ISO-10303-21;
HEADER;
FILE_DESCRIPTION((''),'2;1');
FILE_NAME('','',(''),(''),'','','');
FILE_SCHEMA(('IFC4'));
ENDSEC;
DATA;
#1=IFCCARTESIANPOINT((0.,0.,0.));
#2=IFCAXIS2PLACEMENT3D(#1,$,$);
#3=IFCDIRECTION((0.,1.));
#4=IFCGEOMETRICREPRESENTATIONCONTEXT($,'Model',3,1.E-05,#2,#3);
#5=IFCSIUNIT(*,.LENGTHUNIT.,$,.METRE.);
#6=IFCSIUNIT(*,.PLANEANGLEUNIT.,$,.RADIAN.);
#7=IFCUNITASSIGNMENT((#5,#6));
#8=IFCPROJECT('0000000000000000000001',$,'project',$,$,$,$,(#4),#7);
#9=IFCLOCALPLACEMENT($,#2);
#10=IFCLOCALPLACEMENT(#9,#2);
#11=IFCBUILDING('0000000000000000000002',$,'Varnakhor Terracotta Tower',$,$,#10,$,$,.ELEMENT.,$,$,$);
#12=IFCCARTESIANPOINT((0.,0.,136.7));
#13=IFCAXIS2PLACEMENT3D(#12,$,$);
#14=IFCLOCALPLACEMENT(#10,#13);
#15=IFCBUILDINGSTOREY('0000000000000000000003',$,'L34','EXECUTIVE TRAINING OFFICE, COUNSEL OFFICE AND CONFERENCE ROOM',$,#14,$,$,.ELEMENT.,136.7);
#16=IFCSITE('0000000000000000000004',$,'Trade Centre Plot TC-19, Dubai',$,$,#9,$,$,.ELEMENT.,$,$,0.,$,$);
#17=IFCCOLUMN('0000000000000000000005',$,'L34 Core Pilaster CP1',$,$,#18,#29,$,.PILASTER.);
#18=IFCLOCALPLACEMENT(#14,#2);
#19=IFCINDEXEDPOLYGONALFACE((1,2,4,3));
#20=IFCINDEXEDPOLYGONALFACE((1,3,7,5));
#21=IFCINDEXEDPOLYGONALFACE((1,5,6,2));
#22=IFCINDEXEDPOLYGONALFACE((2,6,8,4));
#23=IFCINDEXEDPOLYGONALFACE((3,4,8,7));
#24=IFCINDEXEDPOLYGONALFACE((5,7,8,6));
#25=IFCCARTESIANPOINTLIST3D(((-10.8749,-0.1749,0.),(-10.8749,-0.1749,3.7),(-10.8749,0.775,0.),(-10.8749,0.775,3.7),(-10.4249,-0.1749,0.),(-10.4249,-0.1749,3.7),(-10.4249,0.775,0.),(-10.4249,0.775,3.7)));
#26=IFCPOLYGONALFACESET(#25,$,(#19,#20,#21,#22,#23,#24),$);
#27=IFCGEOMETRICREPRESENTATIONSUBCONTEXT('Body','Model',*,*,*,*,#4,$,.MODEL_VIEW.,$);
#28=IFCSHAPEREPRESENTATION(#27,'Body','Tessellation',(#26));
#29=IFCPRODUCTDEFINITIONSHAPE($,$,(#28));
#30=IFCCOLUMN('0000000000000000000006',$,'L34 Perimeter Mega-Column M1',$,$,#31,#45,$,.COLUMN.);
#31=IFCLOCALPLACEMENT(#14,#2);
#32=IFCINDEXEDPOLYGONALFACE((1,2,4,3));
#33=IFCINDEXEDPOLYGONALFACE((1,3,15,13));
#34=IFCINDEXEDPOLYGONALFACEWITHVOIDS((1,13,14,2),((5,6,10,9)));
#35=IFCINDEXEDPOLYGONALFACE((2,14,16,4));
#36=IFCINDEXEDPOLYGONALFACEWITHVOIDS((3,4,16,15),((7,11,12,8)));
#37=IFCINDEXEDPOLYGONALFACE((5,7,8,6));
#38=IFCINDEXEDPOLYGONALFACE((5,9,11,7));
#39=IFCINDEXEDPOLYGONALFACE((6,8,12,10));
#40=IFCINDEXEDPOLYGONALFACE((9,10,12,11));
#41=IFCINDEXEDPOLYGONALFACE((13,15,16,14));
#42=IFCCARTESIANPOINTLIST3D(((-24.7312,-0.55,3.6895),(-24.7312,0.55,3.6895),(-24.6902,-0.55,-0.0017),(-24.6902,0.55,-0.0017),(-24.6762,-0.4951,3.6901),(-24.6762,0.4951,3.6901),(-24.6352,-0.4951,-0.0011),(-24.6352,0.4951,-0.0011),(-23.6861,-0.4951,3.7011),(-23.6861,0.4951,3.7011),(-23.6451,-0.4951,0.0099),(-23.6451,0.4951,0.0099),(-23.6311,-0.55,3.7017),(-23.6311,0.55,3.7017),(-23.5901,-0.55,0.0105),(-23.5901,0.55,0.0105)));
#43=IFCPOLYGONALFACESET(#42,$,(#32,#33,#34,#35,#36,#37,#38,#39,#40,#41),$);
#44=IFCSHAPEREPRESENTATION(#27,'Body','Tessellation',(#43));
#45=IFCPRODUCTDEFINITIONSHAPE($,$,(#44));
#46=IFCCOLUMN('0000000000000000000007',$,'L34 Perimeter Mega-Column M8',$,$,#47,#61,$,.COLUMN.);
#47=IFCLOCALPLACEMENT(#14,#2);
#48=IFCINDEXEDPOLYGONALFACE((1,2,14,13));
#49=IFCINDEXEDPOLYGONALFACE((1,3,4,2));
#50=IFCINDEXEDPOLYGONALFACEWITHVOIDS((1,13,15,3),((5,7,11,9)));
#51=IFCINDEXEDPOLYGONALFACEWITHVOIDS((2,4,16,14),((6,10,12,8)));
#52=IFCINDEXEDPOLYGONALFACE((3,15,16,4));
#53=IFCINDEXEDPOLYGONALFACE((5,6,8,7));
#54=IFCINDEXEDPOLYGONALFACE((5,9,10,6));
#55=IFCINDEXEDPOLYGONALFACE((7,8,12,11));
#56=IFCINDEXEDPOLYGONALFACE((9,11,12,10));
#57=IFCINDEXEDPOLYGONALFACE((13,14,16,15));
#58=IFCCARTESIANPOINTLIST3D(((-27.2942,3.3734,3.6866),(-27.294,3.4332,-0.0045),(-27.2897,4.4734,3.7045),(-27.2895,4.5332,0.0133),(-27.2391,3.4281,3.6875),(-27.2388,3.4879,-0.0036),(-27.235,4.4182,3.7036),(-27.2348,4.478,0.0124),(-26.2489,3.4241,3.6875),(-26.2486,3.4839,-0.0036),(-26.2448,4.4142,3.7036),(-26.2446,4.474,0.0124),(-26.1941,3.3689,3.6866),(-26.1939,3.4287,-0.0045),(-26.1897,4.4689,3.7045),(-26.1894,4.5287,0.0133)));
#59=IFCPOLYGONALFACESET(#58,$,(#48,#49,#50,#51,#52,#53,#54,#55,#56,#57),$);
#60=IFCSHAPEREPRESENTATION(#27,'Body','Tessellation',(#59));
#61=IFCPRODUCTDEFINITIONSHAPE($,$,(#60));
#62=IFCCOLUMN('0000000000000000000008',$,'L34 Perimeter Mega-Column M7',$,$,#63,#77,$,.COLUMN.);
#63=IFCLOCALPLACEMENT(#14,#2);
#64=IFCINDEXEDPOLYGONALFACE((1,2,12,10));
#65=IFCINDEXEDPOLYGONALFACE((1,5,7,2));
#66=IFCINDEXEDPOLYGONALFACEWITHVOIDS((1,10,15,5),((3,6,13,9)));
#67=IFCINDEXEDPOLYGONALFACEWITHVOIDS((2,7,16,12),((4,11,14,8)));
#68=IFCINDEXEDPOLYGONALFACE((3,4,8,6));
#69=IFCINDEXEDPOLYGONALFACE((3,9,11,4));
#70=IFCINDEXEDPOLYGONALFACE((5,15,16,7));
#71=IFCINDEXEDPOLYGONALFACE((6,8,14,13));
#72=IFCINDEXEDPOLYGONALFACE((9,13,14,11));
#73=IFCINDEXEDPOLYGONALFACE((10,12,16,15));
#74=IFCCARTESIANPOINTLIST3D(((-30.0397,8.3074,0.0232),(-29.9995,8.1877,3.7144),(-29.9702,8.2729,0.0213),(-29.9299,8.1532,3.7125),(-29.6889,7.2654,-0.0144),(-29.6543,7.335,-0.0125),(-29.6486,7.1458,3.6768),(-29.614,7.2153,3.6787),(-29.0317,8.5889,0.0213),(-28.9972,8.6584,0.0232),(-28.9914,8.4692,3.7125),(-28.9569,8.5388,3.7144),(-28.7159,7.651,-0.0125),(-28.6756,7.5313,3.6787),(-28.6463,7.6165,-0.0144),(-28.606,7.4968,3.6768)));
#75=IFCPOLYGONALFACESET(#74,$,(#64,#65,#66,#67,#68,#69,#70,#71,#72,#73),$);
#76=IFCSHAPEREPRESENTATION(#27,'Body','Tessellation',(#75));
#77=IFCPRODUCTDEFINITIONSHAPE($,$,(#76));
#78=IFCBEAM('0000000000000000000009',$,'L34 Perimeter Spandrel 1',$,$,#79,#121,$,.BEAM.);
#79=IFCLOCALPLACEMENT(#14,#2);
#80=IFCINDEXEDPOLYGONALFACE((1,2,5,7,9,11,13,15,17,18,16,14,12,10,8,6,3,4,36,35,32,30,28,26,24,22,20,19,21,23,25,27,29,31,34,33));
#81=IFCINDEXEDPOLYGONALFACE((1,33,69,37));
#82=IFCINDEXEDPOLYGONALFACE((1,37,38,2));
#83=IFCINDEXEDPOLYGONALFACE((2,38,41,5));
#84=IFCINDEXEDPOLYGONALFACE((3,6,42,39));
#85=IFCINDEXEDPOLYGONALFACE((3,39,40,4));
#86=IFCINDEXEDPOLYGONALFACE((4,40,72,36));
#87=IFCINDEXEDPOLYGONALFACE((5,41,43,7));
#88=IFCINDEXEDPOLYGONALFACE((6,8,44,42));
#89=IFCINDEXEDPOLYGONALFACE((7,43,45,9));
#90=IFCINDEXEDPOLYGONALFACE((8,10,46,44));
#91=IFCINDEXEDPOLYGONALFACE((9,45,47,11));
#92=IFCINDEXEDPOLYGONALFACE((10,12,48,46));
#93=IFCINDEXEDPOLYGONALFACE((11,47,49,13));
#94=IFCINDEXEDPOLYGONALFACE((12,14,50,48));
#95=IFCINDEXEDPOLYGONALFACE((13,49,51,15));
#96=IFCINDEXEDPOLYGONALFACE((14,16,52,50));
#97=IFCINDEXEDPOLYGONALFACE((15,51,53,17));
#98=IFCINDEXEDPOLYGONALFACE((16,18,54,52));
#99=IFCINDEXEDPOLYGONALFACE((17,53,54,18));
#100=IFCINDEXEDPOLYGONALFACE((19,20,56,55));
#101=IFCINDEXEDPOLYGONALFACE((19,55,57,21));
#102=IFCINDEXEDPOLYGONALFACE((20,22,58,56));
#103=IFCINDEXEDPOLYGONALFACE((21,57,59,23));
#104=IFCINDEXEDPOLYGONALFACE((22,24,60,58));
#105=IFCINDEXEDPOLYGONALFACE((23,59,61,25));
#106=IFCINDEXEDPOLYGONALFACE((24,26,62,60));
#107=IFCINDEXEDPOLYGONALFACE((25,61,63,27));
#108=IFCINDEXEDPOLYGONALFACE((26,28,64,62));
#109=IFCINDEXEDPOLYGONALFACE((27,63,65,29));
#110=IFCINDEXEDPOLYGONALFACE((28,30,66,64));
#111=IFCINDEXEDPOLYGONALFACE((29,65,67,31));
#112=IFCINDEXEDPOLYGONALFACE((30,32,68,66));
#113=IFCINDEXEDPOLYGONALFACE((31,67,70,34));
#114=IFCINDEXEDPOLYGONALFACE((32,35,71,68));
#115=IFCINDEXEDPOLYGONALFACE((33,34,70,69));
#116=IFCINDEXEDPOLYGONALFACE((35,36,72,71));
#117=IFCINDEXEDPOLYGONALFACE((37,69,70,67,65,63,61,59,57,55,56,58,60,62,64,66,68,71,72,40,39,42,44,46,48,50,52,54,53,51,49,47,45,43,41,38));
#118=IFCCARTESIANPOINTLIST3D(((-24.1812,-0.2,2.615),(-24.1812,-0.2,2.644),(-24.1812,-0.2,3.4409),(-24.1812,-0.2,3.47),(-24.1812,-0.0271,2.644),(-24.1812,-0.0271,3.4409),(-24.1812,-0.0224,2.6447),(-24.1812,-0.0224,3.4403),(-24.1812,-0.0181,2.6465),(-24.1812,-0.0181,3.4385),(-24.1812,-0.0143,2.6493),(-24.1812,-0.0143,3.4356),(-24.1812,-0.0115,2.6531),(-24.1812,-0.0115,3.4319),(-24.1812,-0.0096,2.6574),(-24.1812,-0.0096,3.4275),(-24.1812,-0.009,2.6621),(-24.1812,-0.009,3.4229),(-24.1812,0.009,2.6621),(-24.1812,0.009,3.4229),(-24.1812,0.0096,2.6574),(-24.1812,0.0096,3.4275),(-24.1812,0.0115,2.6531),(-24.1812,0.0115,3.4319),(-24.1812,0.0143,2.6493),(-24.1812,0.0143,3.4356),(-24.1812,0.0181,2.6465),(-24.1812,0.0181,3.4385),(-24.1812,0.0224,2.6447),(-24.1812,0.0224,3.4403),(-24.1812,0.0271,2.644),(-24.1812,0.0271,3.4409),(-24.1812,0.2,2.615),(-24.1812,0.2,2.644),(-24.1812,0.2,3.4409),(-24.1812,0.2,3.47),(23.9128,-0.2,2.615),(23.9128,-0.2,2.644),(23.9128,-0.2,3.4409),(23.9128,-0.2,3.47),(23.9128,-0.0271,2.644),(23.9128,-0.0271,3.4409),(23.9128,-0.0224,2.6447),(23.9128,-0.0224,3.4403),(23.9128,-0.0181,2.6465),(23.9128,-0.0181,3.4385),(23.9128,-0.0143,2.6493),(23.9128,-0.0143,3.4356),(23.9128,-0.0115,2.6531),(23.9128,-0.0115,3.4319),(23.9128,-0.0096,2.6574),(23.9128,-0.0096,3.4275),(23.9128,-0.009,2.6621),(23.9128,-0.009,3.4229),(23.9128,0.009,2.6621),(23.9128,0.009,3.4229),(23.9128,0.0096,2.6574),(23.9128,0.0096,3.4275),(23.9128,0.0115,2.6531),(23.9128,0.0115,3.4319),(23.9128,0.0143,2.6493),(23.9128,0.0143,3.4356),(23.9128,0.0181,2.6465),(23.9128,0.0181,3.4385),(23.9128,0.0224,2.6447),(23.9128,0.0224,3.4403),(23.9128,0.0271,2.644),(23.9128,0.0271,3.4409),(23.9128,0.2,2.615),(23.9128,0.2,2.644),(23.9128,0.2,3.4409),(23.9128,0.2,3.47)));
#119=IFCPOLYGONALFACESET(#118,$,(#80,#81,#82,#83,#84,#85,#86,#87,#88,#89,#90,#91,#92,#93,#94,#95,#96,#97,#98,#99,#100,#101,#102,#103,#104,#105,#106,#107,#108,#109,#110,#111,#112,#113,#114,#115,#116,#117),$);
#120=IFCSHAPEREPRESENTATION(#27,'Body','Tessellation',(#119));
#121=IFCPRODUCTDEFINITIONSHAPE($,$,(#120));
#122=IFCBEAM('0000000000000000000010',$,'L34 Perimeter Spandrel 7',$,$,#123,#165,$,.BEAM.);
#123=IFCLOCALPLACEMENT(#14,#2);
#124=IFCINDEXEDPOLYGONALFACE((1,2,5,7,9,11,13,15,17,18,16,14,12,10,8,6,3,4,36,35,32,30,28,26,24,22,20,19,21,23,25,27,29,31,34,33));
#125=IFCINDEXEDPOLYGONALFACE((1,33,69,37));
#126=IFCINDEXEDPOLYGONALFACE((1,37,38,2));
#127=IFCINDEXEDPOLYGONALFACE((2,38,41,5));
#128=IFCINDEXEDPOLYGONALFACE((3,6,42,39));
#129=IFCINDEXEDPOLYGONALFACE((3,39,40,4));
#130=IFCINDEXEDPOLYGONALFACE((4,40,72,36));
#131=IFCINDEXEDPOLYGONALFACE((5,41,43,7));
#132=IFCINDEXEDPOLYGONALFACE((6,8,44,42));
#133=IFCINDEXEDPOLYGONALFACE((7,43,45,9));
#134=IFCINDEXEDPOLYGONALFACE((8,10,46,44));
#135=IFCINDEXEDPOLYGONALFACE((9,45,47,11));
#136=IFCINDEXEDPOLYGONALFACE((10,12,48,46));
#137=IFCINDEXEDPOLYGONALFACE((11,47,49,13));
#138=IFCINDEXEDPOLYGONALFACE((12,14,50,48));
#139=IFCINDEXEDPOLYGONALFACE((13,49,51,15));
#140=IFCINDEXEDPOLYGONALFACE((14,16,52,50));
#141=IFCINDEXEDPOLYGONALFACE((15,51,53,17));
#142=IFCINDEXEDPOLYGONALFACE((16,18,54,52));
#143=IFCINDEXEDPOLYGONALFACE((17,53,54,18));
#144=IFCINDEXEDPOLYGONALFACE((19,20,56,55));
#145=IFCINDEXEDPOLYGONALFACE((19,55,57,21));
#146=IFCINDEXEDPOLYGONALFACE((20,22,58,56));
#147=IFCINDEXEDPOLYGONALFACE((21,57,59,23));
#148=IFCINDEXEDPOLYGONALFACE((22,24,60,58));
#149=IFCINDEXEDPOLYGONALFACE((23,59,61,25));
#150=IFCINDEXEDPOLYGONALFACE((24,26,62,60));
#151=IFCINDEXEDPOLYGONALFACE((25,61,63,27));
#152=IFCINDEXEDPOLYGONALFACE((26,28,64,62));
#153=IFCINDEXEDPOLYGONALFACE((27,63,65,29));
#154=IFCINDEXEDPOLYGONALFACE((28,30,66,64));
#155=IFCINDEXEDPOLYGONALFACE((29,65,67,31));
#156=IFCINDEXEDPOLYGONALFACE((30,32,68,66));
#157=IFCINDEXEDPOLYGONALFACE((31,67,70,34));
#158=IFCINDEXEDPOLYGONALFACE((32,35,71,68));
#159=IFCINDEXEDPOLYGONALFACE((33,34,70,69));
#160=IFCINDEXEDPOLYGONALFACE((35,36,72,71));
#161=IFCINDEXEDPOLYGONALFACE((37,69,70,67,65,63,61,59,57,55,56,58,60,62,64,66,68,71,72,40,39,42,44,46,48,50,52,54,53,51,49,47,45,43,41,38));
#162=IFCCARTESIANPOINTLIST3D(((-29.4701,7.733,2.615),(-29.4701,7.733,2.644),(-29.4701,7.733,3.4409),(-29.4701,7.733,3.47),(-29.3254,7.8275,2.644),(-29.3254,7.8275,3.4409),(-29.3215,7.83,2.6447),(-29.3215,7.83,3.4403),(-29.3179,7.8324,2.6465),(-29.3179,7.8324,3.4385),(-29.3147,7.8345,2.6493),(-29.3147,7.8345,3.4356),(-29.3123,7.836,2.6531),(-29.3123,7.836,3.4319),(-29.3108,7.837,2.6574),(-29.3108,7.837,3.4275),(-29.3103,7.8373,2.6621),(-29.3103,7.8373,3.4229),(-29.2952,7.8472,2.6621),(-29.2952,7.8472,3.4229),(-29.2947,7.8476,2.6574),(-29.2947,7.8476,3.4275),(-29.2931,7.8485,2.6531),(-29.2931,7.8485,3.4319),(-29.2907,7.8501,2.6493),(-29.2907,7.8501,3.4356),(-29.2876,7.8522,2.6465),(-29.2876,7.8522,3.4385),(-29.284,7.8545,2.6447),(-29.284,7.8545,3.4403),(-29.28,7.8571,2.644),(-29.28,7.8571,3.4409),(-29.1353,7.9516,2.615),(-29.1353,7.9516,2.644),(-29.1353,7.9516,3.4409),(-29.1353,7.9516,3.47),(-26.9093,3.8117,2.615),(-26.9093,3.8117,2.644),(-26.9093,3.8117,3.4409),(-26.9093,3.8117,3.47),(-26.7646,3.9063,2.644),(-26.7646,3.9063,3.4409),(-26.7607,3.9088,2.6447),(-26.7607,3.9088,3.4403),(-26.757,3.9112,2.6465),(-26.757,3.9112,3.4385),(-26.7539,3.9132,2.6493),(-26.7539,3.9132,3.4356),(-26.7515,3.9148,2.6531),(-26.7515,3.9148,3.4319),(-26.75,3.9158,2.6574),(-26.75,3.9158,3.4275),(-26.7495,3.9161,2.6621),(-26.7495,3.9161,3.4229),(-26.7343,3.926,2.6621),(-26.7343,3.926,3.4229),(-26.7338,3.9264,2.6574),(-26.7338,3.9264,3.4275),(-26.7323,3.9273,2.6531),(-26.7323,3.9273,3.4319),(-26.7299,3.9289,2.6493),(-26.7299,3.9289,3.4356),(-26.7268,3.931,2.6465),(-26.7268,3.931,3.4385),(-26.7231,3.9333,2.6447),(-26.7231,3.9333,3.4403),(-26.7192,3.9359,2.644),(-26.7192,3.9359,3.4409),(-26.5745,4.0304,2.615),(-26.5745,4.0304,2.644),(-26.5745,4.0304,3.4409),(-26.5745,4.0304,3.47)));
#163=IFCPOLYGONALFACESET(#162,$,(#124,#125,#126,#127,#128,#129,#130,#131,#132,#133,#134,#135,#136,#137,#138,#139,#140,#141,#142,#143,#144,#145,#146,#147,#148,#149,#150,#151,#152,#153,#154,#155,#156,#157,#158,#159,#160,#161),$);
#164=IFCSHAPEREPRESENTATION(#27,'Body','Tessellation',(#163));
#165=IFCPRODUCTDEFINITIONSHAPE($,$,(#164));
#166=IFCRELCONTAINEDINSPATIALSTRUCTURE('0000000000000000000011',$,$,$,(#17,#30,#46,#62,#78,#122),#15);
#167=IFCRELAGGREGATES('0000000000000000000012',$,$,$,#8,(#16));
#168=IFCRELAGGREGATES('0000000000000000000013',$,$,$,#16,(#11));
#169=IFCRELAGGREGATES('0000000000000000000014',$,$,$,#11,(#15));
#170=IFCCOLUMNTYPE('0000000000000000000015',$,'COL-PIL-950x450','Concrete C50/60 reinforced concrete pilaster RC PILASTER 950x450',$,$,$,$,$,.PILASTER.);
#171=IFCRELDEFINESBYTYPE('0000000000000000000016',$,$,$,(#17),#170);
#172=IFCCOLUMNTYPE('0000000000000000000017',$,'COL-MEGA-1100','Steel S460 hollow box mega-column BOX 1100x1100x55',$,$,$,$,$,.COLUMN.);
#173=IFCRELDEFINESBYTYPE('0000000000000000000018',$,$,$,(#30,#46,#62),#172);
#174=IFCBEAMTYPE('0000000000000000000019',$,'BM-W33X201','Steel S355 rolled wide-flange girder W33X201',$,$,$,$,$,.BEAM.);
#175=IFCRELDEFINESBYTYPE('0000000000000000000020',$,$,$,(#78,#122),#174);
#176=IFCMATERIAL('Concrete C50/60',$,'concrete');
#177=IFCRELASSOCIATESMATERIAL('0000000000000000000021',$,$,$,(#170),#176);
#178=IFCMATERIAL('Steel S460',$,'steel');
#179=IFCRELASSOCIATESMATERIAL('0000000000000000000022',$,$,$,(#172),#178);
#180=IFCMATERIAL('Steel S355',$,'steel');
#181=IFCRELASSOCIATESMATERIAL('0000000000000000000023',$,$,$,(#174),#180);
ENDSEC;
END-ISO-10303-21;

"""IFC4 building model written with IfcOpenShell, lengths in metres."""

from ifc_helpers import new_model, si_unit, direction, frame, origin, origin_2d, place, context, subcontext, project, spatial, rectangle, hollow_rectangle, i_section, extrude, source, transform, mapped, material, material_profile, profile_set, type_object, element, save


model = new_model("IFC4")

# Units and contexts
model_context = context("Model", 3, precision=1e-05, world=origin(), true_north=direction((0.0, 1.0)))
body_context = subcontext(model_context, "Body", "Model", "MODEL_VIEW")
ifc_project = project(units=[si_unit("LENGTHUNIT", "METRE"), si_unit("PLANEANGLEUNIT", "RADIAN")], contexts=[model_context])

# Site, building, storey
site_placement = place(None, origin())
site = spatial("IfcSite", under=ifc_project, at=site_placement, Name="Trade Centre Plot TC-19, Dubai", CompositionType="ELEMENT", RefElevation=0.0)
building_placement = place(site_placement, origin())
building = spatial("IfcBuilding", under=site, at=building_placement, Name="Varnakhor Terracotta Tower", CompositionType="ELEMENT")
storey_placement = place(building_placement, frame((0.0, 0.0, 136.7)))
storey = spatial("IfcBuildingStorey", under=building, at=storey_placement, Name="L34", Description="EXECUTIVE TRAINING OFFICE, COUNSEL OFFICE AND CONFERENCE ROOM", CompositionType="ELEMENT", Elevation=136.7)

# Columns
ifc_material_1 = material(Name="Concrete C50/60", Category="concrete")
ifc_material_profile_1 = material_profile(ifc_material_1, rectangle(XDim=0.45, YDim=0.95, at=origin_2d()), Name="RC PILASTER 950x450")
ifc_profile_set_1 = profile_set([ifc_material_profile_1], Name="Concrete C50/60")
column_type_1 = type_object("IfcColumnType", Name="COL-PIL-950x450", Description="Concrete C50/60 reinforced concrete pilaster RC PILASTER 950x450", PredefinedType="PILASTER", material=ifc_profile_set_1)
shared_shape_1 = source(origin(), body_context, "Body", "SweptSolid", [
    extrude(rectangle(XDim=0.45, YDim=0.95, at=origin_2d()), origin(), (0.0, 0.0, 1.0), 3.7),
])
column_1_placement = place(storey_placement, frame((-10.6499, 0.3, 0.0), z_axis=(0.0, 0.0, 1.0), x_axis=(1.0, 0.0, 0.0)))
element("IfcColumn", 1, at=column_1_placement, inside=storey, type_object=column_type_1, Name="L34 Core Pilaster CP1", PredefinedType="PILASTER", context=body_context, shape_type="MappedRepresentation", body=[
    mapped(shared_shape_1, transform((0.0, 0.0, 0.0), scale=1.0)),
])
ifc_material_2 = material(Name="Steel S460", Category="steel")
ifc_material_profile_2 = material_profile(ifc_material_2, hollow_rectangle(XDim=1.1001, YDim=1.1001, WallThickness=0.0549, at=origin_2d()), Name="BOX 1100x1100x55")
ifc_profile_set_2 = profile_set([ifc_material_profile_2], Name="Steel S460")
column_type_2 = type_object("IfcColumnType", Name="COL-MEGA-1100", Description="Steel S460 hollow box mega-column BOX 1100x1100x55", PredefinedType="COLUMN", material=ifc_profile_set_2)
shared_shape_2 = source(origin(), body_context, "Body", "SweptSolid", [
    extrude(hollow_rectangle(XDim=1.1001, YDim=1.1001, WallThickness=0.0549, at=origin_2d()), origin(), (0.0, 0.0, 1.0), 3.6914),
])
column_2_placement = place(storey_placement, frame((-24.1401, 0.0, 0.0044), z_axis=(-0.011111, 0.0, 0.999938), x_axis=(0.0, -1.0, 0.0)))
element("IfcColumn", 2, at=column_2_placement, inside=storey, type_object=column_type_2, Name="L34 Perimeter Mega-Column M1", PredefinedType="COLUMN", context=body_context, shape_type="MappedRepresentation", body=[
    mapped(shared_shape_2, transform((0.0, 0.0, 0.0), scale=1.0)),
])
shared_shape_3 = source(origin(), body_context, "Body", "SweptSolid", [
    extrude(hollow_rectangle(XDim=1.1001, YDim=1.1001, WallThickness=0.0549, at=origin_2d()), origin(), (0.0, 0.0, 1.0), 3.6917),
])
column_3_placement = place(storey_placement, frame((-26.7417, 3.981, 0.0044), z_axis=(-0.000066, -0.016203, 0.999869), x_axis=(0.999992, -0.004082, 0.0)))
element("IfcColumn", 3, at=column_3_placement, inside=storey, type_object=column_type_2, Name="L34 Perimeter Mega-Column M8", PredefinedType="COLUMN", context=body_context, shape_type="MappedRepresentation", body=[
    mapped(shared_shape_3, transform((0.0, 0.0, 0.0), scale=1.0)),
])
shared_shape_4 = source(origin(), body_context, "Body", "SweptSolid", [
    extrude(hollow_rectangle(XDim=1.1001, YDim=1.1001, WallThickness=0.0549, at=origin_2d()), origin(), (0.0, 0.0, 1.0), 3.6934),
])
column_4_placement = place(storey_placement, frame((-29.343, 7.9619, 0.0044), z_axis=(0.010907, -0.032391, 0.999416), x_axis=(0.947712, 0.319127, 0.0)))
element("IfcColumn", 4, at=column_4_placement, inside=storey, type_object=column_type_2, Name="L34 Perimeter Mega-Column M7", PredefinedType="COLUMN", context=body_context, shape_type="MappedRepresentation", body=[
    mapped(shared_shape_4, transform((0.0, 0.0, 0.0), scale=1.0)),
])

# Beams
ifc_material_3 = material(Name="Steel S355", Category="steel")
ifc_material_profile_3 = material_profile(ifc_material_3, i_section(OverallWidth=0.3999, OverallDepth=0.855, WebThickness=0.0181, FlangeThickness=0.0291, FilletRadius=0.0181, at=origin_2d()), Name="W33X201")
ifc_profile_set_3 = profile_set([ifc_material_profile_3], Name="Steel S355")
beam_type_1 = type_object("IfcBeamType", Name="BM-W33X201", Description="Steel S355 rolled wide-flange girder W33X201", PredefinedType="BEAM", material=ifc_profile_set_3)
shared_shape_5 = source(origin(), body_context, "Body", "SweptSolid", [
    extrude(i_section(OverallWidth=0.3999, OverallDepth=0.855, WebThickness=0.0181, FlangeThickness=0.0291, FilletRadius=0.0181, at=origin_2d()), origin(), (0.0, 0.0, 1.0), 48.094),
])
beam_1_placement = place(storey_placement, frame((-24.1812, 0.0, 3.0425), z_axis=(1.0, 0.0, 0.0), x_axis=(0.0, 1.0, 0.0)))
element("IfcBeam", 5, at=beam_1_placement, inside=storey, type_object=beam_type_1, Name="L34 Perimeter Spandrel 1", PredefinedType="BEAM", context=body_context, shape_type="MappedRepresentation", body=[
    mapped(shared_shape_5, transform((0.0, 0.0, 0.0), scale=1.0)),
])
shared_shape_6 = source(origin(), body_context, "Body", "SweptSolid", [
    extrude(i_section(OverallWidth=0.3999, OverallDepth=0.855, WebThickness=0.0181, FlangeThickness=0.0291, FilletRadius=0.0181, at=origin_2d()), origin(), (0.0, 0.0, 1.0), 4.6833),
])
for number, where, z_axis, x_axis, name in (
    (6, (-29.3027, 7.8423, 3.0425), (0.546796, -0.837266, 0.0), (0.837266, 0.546796, 0.0), "L34 Perimeter Spandrel 7"),
):
    element("IfcBeam", number, at=place(storey_placement, frame(where, z_axis=z_axis, x_axis=x_axis)), inside=storey, type_object=beam_type_1, Name=name, PredefinedType="BEAM", context=body_context, shape_type="MappedRepresentation", body=[
        mapped(shared_shape_6, transform((0.0, 0.0, 0.0), scale=1.0)),
    ])

save(model, "model.ifc")
